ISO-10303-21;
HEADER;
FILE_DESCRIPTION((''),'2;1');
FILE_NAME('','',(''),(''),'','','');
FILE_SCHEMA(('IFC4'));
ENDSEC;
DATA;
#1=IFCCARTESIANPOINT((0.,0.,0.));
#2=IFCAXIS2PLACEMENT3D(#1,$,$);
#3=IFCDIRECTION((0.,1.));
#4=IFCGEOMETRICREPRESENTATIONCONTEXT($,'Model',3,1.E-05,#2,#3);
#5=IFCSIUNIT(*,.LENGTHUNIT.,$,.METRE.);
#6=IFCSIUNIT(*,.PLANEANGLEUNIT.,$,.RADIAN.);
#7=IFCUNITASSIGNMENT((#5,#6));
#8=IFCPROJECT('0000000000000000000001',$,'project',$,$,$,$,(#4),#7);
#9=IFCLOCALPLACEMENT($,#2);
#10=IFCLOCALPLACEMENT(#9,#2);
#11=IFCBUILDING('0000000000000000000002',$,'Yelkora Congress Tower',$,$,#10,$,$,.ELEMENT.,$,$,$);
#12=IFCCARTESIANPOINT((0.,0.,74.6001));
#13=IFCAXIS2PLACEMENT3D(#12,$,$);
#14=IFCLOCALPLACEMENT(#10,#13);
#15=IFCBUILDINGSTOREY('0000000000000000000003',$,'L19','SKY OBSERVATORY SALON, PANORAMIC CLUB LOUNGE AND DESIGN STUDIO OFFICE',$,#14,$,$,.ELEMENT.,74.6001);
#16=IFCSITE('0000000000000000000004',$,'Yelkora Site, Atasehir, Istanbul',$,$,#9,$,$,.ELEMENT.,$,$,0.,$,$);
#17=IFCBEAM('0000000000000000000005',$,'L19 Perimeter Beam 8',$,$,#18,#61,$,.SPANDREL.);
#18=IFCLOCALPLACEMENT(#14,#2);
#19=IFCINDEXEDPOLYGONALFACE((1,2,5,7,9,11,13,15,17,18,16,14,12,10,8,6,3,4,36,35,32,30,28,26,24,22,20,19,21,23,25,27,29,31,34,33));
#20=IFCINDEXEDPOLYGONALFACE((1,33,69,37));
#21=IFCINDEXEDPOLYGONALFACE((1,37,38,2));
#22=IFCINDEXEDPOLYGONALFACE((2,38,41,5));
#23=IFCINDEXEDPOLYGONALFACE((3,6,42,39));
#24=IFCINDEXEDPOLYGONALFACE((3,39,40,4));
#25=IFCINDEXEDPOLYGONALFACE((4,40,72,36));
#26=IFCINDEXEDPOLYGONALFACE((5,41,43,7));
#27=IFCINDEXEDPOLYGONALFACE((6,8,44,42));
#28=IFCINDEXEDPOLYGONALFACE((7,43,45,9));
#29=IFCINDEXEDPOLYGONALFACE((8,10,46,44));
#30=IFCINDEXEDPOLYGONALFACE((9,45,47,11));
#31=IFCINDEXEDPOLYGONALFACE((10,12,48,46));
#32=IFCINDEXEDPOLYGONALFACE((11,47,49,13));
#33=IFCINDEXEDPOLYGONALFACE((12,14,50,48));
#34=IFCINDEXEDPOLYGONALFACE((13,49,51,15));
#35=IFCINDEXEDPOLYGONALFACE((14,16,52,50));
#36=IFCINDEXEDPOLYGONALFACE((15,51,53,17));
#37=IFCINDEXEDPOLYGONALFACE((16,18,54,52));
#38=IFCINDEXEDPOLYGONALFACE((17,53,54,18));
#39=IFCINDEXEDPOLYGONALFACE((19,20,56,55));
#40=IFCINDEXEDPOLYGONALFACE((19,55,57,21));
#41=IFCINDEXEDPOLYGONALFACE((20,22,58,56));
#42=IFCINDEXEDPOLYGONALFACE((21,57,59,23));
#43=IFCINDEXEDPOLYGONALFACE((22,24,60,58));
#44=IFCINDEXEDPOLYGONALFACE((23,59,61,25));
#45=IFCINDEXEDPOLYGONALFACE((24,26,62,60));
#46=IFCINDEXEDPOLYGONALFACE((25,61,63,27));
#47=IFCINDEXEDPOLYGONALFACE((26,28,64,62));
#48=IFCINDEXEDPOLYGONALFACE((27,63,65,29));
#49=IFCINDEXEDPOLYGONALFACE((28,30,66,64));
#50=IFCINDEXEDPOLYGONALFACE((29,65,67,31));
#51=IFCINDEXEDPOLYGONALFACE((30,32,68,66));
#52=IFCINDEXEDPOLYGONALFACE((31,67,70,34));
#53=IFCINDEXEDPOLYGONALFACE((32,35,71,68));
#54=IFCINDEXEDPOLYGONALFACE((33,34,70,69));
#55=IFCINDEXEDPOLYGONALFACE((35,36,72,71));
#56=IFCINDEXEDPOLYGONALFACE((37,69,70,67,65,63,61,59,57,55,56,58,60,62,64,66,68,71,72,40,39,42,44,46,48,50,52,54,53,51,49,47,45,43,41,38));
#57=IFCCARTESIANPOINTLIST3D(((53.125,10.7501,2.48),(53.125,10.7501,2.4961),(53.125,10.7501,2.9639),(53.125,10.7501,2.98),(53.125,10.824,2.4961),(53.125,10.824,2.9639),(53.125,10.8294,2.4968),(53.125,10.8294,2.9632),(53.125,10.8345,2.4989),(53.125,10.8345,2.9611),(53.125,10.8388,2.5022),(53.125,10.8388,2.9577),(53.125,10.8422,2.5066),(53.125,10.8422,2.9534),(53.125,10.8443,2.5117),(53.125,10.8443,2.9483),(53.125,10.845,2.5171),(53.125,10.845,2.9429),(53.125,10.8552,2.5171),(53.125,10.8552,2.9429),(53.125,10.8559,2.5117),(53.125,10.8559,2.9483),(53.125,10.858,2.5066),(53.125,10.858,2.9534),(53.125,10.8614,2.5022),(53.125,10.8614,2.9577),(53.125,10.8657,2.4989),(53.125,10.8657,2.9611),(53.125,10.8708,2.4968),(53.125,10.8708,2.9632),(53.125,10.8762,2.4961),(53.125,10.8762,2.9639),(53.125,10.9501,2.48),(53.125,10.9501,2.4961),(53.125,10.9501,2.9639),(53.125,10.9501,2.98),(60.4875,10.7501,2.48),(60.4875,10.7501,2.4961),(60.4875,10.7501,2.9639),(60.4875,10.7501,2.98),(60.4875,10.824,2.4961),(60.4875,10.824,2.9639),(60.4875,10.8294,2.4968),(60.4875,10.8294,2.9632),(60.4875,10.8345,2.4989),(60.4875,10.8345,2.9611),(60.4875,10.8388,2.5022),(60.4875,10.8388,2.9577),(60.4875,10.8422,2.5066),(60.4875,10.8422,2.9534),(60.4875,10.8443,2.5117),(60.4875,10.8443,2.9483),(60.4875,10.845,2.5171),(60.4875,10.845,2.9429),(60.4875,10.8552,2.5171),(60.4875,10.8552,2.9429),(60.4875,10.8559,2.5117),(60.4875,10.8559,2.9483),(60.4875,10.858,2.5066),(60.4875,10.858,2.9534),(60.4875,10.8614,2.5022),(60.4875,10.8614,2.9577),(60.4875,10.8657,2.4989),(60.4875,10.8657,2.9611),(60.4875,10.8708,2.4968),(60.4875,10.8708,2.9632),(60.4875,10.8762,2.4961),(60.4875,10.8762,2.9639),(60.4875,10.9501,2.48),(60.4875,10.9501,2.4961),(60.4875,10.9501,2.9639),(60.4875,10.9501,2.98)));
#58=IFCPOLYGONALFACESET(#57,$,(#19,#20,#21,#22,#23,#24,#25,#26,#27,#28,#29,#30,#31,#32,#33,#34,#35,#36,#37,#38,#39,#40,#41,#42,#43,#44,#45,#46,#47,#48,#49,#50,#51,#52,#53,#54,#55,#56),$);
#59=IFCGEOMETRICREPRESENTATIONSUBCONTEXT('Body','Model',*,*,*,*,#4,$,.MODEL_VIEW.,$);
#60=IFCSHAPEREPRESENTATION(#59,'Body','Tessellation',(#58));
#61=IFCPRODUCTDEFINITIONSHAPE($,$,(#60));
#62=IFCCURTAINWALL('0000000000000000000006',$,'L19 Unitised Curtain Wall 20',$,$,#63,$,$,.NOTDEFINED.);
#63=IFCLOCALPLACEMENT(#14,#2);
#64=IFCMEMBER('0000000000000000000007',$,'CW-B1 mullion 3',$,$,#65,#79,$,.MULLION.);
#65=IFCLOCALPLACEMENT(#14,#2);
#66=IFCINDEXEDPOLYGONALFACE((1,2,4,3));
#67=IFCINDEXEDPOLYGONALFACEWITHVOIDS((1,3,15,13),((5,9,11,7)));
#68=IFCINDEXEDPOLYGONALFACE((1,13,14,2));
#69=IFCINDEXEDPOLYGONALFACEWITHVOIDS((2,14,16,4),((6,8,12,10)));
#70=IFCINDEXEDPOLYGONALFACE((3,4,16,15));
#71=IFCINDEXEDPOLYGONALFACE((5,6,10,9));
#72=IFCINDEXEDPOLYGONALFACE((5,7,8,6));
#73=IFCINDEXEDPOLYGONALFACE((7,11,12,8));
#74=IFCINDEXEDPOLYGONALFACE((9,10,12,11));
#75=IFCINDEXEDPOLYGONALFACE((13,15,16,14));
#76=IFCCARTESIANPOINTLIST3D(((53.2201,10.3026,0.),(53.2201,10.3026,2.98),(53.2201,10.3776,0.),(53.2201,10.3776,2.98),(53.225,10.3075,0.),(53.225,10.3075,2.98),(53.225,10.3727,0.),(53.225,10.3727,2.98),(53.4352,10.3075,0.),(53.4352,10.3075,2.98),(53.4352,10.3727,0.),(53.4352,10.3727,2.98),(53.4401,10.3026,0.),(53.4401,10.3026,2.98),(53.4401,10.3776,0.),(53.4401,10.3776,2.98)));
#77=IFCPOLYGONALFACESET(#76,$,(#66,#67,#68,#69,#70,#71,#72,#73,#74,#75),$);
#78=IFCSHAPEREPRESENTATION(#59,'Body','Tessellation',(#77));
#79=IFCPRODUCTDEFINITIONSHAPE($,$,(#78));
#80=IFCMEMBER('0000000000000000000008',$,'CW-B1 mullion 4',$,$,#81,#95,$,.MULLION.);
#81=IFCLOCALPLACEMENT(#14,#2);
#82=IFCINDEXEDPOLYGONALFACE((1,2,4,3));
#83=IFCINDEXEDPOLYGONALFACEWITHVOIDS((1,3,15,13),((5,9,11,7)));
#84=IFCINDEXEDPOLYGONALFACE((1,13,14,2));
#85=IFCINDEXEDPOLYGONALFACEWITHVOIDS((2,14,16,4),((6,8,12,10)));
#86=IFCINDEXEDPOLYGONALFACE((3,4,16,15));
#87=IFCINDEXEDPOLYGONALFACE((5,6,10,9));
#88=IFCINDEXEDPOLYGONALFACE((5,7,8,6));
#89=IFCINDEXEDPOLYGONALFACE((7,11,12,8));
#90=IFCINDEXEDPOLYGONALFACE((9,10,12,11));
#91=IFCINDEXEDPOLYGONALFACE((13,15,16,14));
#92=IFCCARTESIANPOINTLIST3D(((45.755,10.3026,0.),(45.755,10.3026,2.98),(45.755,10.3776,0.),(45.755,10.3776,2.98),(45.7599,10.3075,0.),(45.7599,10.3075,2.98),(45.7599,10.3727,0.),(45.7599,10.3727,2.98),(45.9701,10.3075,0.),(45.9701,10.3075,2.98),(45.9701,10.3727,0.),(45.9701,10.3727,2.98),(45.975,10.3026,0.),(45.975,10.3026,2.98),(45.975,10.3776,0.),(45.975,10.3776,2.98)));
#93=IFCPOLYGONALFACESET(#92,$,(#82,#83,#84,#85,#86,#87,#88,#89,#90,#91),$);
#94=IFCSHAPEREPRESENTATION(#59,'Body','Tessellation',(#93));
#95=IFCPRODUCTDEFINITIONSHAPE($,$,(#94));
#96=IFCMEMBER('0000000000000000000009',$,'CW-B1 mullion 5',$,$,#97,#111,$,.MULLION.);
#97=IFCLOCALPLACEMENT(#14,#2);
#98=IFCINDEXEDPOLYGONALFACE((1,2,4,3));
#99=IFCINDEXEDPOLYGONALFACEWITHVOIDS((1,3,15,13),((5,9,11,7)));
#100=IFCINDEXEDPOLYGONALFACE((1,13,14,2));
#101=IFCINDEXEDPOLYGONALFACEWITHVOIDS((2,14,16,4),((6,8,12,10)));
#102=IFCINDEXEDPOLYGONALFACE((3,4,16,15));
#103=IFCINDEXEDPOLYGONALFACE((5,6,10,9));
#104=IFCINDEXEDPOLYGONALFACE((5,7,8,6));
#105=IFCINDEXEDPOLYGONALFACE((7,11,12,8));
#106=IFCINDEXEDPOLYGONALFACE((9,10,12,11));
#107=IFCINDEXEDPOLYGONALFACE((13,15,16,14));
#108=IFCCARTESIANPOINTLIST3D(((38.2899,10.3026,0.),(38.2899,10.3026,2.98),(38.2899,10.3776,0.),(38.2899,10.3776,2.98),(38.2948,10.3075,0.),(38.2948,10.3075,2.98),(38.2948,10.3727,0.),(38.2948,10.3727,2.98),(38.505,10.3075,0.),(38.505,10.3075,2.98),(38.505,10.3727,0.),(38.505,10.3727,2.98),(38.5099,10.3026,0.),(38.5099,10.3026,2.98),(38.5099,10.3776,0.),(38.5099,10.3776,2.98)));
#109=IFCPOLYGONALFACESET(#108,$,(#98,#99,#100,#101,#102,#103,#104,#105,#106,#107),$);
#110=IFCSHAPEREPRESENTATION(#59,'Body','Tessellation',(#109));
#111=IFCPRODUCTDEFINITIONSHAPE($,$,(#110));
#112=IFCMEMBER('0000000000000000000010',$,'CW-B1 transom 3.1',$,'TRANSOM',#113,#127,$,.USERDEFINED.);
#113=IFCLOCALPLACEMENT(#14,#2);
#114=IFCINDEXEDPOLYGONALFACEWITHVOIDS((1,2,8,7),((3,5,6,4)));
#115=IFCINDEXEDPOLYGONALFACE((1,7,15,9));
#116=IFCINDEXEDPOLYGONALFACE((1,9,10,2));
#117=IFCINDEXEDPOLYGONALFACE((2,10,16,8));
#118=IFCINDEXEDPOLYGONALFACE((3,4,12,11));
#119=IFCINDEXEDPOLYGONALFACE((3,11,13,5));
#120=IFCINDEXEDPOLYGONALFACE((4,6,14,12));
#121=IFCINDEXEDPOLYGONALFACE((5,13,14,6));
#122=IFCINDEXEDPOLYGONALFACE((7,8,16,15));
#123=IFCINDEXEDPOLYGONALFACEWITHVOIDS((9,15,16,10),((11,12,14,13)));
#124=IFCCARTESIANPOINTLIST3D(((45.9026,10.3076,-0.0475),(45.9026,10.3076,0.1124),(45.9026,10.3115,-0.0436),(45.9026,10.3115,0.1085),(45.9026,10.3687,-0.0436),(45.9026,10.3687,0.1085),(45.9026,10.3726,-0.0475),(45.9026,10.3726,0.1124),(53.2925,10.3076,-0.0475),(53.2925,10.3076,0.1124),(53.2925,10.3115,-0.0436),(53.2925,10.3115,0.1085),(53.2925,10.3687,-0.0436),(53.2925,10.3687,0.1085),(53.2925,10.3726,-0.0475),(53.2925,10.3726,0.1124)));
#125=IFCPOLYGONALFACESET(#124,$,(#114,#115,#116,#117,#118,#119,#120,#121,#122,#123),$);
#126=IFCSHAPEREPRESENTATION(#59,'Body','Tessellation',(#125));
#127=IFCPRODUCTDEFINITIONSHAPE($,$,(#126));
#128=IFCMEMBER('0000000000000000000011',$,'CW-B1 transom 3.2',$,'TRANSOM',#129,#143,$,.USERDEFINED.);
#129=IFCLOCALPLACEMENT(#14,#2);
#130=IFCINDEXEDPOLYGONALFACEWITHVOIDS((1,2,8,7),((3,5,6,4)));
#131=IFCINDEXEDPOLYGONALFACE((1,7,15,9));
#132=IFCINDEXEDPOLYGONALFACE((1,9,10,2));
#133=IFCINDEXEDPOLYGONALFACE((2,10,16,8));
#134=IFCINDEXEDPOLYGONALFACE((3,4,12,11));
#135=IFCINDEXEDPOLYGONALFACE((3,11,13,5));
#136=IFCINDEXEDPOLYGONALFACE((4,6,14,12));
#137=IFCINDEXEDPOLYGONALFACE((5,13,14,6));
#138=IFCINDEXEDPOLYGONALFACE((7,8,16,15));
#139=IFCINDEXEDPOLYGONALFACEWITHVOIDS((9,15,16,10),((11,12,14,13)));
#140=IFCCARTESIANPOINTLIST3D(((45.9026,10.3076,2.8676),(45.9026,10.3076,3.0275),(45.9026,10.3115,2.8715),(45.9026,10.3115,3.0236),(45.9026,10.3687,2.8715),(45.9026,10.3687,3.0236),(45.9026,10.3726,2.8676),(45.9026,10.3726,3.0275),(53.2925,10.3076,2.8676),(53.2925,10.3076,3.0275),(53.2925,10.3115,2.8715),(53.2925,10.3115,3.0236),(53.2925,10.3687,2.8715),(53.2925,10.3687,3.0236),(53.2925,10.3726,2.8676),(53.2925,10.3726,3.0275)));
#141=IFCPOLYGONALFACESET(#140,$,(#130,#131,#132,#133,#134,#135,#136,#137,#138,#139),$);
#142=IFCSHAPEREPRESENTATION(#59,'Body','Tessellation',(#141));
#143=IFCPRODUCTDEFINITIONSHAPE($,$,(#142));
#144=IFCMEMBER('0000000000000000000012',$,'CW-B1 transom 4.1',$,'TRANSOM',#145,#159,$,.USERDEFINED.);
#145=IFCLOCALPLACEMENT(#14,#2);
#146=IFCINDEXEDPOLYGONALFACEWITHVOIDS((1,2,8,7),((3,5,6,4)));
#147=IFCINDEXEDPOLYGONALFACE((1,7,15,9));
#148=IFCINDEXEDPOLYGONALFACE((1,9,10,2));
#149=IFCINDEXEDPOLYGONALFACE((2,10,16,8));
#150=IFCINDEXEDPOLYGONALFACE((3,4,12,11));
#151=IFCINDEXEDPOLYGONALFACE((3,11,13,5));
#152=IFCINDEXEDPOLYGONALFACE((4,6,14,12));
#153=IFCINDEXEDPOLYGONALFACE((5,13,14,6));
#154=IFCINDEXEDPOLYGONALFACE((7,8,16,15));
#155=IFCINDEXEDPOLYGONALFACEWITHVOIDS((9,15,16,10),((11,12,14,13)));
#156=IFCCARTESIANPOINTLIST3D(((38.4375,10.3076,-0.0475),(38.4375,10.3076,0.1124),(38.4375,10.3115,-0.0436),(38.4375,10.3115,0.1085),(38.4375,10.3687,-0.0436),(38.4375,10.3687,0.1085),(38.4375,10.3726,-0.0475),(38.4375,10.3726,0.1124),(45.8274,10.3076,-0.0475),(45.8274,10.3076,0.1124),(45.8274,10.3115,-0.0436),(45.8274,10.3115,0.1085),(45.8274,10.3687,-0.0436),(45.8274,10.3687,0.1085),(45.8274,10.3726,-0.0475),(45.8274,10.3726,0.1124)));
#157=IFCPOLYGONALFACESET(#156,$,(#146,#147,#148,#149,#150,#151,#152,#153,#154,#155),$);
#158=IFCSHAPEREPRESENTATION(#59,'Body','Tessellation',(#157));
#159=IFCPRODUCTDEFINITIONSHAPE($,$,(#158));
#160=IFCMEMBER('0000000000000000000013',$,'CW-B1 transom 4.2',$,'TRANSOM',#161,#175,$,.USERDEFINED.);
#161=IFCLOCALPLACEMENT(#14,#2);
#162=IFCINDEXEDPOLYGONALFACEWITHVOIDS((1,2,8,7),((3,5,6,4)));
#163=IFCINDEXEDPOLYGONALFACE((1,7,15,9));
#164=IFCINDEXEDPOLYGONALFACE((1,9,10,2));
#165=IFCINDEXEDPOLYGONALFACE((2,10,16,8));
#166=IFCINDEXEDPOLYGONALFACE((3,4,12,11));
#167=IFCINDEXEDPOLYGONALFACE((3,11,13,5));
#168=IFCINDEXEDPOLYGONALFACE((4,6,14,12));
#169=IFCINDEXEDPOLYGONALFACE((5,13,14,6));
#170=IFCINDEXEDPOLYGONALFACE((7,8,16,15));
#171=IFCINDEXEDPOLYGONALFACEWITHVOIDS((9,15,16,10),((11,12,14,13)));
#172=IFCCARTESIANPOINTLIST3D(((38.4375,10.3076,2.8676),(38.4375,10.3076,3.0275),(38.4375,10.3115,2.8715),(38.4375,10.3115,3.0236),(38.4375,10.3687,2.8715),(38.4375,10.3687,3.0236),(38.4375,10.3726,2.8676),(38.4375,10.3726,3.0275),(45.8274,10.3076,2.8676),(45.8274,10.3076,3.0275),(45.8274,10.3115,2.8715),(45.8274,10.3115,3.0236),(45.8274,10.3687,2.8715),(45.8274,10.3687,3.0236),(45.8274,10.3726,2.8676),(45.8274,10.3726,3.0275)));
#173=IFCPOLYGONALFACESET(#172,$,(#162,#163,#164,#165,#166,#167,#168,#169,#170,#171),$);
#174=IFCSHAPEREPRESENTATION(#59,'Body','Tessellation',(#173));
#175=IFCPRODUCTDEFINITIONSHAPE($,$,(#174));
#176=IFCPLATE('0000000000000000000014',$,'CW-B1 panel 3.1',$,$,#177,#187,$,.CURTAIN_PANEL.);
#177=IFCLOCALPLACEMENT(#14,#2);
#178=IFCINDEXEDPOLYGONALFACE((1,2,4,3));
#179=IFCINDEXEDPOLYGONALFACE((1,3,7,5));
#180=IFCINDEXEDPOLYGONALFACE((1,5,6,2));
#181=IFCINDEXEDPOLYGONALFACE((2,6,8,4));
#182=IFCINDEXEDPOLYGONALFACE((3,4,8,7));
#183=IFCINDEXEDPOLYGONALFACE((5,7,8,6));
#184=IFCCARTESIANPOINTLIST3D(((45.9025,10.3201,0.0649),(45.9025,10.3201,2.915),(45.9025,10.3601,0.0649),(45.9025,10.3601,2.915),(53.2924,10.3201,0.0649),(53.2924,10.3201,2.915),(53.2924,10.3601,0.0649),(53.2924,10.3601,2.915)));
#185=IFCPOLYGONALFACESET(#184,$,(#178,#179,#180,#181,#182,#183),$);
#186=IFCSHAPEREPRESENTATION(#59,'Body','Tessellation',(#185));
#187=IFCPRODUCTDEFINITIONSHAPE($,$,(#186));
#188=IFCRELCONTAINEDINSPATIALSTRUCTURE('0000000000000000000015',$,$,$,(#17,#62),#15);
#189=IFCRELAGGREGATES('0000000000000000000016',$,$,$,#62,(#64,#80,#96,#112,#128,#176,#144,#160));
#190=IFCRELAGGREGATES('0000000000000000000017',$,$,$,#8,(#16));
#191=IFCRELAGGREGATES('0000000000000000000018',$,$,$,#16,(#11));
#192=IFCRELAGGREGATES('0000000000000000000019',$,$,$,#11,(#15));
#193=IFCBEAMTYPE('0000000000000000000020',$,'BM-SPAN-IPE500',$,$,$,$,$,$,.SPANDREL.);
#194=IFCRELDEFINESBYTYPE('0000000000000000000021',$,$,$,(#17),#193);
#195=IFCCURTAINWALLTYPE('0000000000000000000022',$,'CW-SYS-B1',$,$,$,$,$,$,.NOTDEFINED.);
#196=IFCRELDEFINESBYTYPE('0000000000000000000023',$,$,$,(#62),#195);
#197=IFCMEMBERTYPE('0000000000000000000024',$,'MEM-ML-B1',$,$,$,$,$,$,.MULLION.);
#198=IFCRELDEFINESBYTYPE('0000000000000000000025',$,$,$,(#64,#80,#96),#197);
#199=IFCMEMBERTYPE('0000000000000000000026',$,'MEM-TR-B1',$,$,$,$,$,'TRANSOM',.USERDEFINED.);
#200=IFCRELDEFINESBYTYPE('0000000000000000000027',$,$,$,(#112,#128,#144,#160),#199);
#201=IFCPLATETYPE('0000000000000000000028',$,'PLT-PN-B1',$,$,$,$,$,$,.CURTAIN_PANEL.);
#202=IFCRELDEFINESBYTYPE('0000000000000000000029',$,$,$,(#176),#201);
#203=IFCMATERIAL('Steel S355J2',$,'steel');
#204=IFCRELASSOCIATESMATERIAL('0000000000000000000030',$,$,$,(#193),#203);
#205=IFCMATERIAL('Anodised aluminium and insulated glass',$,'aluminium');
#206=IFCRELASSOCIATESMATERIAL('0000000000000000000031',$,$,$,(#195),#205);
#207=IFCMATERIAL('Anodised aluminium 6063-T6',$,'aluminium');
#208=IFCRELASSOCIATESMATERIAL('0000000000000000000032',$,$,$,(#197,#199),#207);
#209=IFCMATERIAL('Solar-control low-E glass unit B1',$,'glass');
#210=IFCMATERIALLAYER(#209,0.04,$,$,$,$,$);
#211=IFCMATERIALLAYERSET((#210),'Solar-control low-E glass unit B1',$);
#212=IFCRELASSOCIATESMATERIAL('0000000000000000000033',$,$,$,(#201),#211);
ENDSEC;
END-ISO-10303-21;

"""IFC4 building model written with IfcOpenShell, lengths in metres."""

from ifc_helpers import new_model, si_unit, direction, frame, origin, origin_2d, place, context, subcontext, project, spatial, rectangle, hollow_rectangle, i_section, extrude, material, layer, layer_set, material_profile, profile_set, type_object, element, aggregate, save


model = new_model("IFC4")

# Units and contexts
model_context = context("Model", 3, precision=1e-05, world=origin(), true_north=direction((0.0, 1.0)))
body_context = subcontext(model_context, "Body", "Model", "MODEL_VIEW")
ifc_project = project(units=[si_unit("LENGTHUNIT", "METRE"), si_unit("PLANEANGLEUNIT", "RADIAN")], contexts=[model_context])

# Site, building, storey
site_placement = place(None, origin())
site = spatial("IfcSite", under=ifc_project, at=site_placement, Name="Yelkora Site, Atasehir, Istanbul", CompositionType="ELEMENT", RefElevation=0.0)
building_placement = place(site_placement, origin())
building = spatial("IfcBuilding", under=site, at=building_placement, Name="Yelkora Congress Tower", CompositionType="ELEMENT")
storey_placement = place(building_placement, frame((0.0, 0.0, 74.6001)))
storey = spatial("IfcBuildingStorey", under=building, at=storey_placement, Name="L19", Description="SKY OBSERVATORY SALON, PANORAMIC CLUB LOUNGE AND DESIGN STUDIO OFFICE", CompositionType="ELEMENT", Elevation=74.6001)

# Beam
ifc_material_1 = material(Name="Steel S355J2", Category="steel")
ifc_material_profile_1 = material_profile(ifc_material_1, i_section(OverallWidth=0.2, OverallDepth=0.5, WebThickness=0.0103, FlangeThickness=0.0161, FilletRadius=0.021, at=origin_2d()), Name="IPE 500")
ifc_profile_set_1 = profile_set([ifc_material_profile_1], Name="Steel S355J2")
beam_type_1 = type_object("IfcBeamType", Name="BM-SPAN-IPE500", PredefinedType="SPANDREL", material=ifc_profile_set_1)
for number, where, z_axis, x_axis, name in (
    (1, (53.125, 10.8501, 2.73), (1.0, 0.0, 0.0), (0.0, 1.0, 0.0), "L19 Perimeter Beam 8"),
):
    element("IfcBeam", number, at=place(storey_placement, frame(where, z_axis=z_axis, x_axis=x_axis)), inside=storey, type_object=beam_type_1, Name=name, PredefinedType="SPANDREL", context=body_context, shape_type="SweptSolid", body=[
        extrude(i_section(OverallWidth=0.2, OverallDepth=0.5, WebThickness=0.0103, FlangeThickness=0.0161, FilletRadius=0.021, at=origin_2d()), origin(), (0.0, 0.0, 1.0), 7.3625),
    ])

# Curtain wall, members, plate
ifc_material_2 = material(Name="Anodised aluminium and insulated glass", Category="aluminium")
curtain_wall_type = type_object("IfcCurtainWallType", Name="CW-SYS-B1", PredefinedType="NOTDEFINED", material=ifc_material_2)
curtain_wall_placement = place(storey_placement, origin())
curtain_wall = element("IfcCurtainWall", 2, at=curtain_wall_placement, inside=storey, type_object=curtain_wall_type, Name="L19 Unitised Curtain Wall 20", PredefinedType="NOTDEFINED")
ifc_material_3 = material(Name="Anodised aluminium 6063-T6", Category="aluminium")
ifc_material_profile_2 = material_profile(ifc_material_3, hollow_rectangle(XDim=0.075, YDim=0.22, WallThickness=0.0049, at=origin_2d()), Name="ALU 75x220x5")
ifc_profile_set_2 = profile_set([ifc_material_profile_2], Name="Anodised aluminium 6063-T6")
member_type_1 = type_object("IfcMemberType", Name="MEM-ML-B1", PredefinedType="MULLION", material=ifc_profile_set_2)
member_1_placement = place(storey_placement, frame((53.3301, 10.3401, 0.0), z_axis=(0.0, 0.0, 1.0), x_axis=(0.0, -1.0, 0.0)))
member_1 = element("IfcMember", 3, at=member_1_placement, type_object=member_type_1, Name="CW-B1 mullion 3", PredefinedType="MULLION", context=body_context, shape_type="SweptSolid", body=[
    extrude(hollow_rectangle(XDim=0.075, YDim=0.22, WallThickness=0.0049, at=origin_2d()), origin(), (0.0, 0.0, 1.0), 2.98),
])
member_2_placement = place(storey_placement, frame((45.865, 10.3401, 0.0), z_axis=(0.0, 0.0, 1.0), x_axis=(0.0, -1.0, 0.0)))
member_2 = element("IfcMember", 4, at=member_2_placement, type_object=member_type_1, Name="CW-B1 mullion 4", PredefinedType="MULLION", context=body_context, shape_type="SweptSolid", body=[
    extrude(hollow_rectangle(XDim=0.075, YDim=0.22, WallThickness=0.0049, at=origin_2d()), origin(), (0.0, 0.0, 1.0), 2.98),
])
member_3_placement = place(storey_placement, frame((38.3999, 10.3401, 0.0), z_axis=(0.0, 0.0, 1.0), x_axis=(0.0, -1.0, 0.0)))
member_3 = element("IfcMember", 5, at=member_3_placement, type_object=member_type_1, Name="CW-B1 mullion 5", PredefinedType="MULLION", context=body_context, shape_type="SweptSolid", body=[
    extrude(hollow_rectangle(XDim=0.075, YDim=0.22, WallThickness=0.0049, at=origin_2d()), origin(), (0.0, 0.0, 1.0), 2.98),
])
ifc_material_profile_3 = material_profile(ifc_material_3, hollow_rectangle(XDim=0.0649, YDim=0.1599, WallThickness=0.0039, at=origin_2d()), Name="ALU 65x160x4")
ifc_profile_set_3 = profile_set([ifc_material_profile_3], Name="Anodised aluminium 6063-T6")
member_type_2 = type_object("IfcMemberType", Name="MEM-TR-B1", ElementType="TRANSOM", PredefinedType="USERDEFINED", material=ifc_profile_set_3)
member_4_placement = place(storey_placement, frame((53.2925, 10.3401, 0.0325), z_axis=(-1.0, 0.0, 0.0), x_axis=(0.0, -1.0, 0.0)))
member_4 = element("IfcMember", 6, at=member_4_placement, type_object=member_type_2, Name="CW-B1 transom 3.1", ObjectType="TRANSOM", PredefinedType="USERDEFINED", context=body_context, shape_type="SweptSolid", body=[
    extrude(hollow_rectangle(XDim=0.0649, YDim=0.1599, WallThickness=0.0039, at=origin_2d()), origin(), (0.0, 0.0, 1.0), 7.3899),
])
member_5_placement = place(storey_placement, frame((53.2925, 10.3401, 2.9475), z_axis=(-1.0, 0.0, 0.0), x_axis=(0.0, -1.0, 0.0)))
member_5 = element("IfcMember", 7, at=member_5_placement, type_object=member_type_2, Name="CW-B1 transom 3.2", ObjectType="TRANSOM", PredefinedType="USERDEFINED", context=body_context, shape_type="SweptSolid", body=[
    extrude(hollow_rectangle(XDim=0.0649, YDim=0.1599, WallThickness=0.0039, at=origin_2d()), origin(), (0.0, 0.0, 1.0), 7.3899),
])
member_6_placement = place(storey_placement, frame((45.8274, 10.3401, 0.0325), z_axis=(-1.0, 0.0, 0.0), x_axis=(0.0, -1.0, 0.0)))
member_6 = element("IfcMember", 8, at=member_6_placement, type_object=member_type_2, Name="CW-B1 transom 4.1", ObjectType="TRANSOM", PredefinedType="USERDEFINED", context=body_context, shape_type="SweptSolid", body=[
    extrude(hollow_rectangle(XDim=0.0649, YDim=0.1599, WallThickness=0.0039, at=origin_2d()), origin(), (0.0, 0.0, 1.0), 7.3899),
])
member_7_placement = place(storey_placement, frame((45.8274, 10.3401, 2.9475), z_axis=(-1.0, 0.0, 0.0), x_axis=(0.0, -1.0, 0.0)))
member_7 = element("IfcMember", 9, at=member_7_placement, type_object=member_type_2, Name="CW-B1 transom 4.2", ObjectType="TRANSOM", PredefinedType="USERDEFINED", context=body_context, shape_type="SweptSolid", body=[
    extrude(hollow_rectangle(XDim=0.0649, YDim=0.1599, WallThickness=0.0039, at=origin_2d()), origin(), (0.0, 0.0, 1.0), 7.3899),
])
ifc_material_4 = material(Name="Solar-control low-E glass unit B1", Category="glass")
ifc_layer_1 = layer(ifc_material_4, 0.04)
ifc_layer_set_1 = layer_set([ifc_layer_1], Name="Solar-control low-E glass unit B1")
plate_type = type_object("IfcPlateType", Name="PLT-PN-B1", PredefinedType="CURTAIN_PANEL", material=ifc_layer_set_1)
plate_1_placement = place(storey_placement, frame((49.5974, 10.3401, 0.0649), z_axis=(0.0, 0.0, 1.0), x_axis=(-1.0, 0.0, 0.0)))
plate_1 = element("IfcPlate", 10, at=plate_1_placement, type_object=plate_type, Name="CW-B1 panel 3.1", PredefinedType="CURTAIN_PANEL", context=body_context, shape_type="SweptSolid", body=[
    extrude(rectangle(XDim=7.3899, YDim=0.04, at=origin_2d()), origin(), (0.0, 0.0, 1.0), 2.8501),
])
aggregate(curtain_wall, [member_1, member_2, member_3, member_4, member_5, plate_1, member_6, member_7])

save(model, "model.ifc")
